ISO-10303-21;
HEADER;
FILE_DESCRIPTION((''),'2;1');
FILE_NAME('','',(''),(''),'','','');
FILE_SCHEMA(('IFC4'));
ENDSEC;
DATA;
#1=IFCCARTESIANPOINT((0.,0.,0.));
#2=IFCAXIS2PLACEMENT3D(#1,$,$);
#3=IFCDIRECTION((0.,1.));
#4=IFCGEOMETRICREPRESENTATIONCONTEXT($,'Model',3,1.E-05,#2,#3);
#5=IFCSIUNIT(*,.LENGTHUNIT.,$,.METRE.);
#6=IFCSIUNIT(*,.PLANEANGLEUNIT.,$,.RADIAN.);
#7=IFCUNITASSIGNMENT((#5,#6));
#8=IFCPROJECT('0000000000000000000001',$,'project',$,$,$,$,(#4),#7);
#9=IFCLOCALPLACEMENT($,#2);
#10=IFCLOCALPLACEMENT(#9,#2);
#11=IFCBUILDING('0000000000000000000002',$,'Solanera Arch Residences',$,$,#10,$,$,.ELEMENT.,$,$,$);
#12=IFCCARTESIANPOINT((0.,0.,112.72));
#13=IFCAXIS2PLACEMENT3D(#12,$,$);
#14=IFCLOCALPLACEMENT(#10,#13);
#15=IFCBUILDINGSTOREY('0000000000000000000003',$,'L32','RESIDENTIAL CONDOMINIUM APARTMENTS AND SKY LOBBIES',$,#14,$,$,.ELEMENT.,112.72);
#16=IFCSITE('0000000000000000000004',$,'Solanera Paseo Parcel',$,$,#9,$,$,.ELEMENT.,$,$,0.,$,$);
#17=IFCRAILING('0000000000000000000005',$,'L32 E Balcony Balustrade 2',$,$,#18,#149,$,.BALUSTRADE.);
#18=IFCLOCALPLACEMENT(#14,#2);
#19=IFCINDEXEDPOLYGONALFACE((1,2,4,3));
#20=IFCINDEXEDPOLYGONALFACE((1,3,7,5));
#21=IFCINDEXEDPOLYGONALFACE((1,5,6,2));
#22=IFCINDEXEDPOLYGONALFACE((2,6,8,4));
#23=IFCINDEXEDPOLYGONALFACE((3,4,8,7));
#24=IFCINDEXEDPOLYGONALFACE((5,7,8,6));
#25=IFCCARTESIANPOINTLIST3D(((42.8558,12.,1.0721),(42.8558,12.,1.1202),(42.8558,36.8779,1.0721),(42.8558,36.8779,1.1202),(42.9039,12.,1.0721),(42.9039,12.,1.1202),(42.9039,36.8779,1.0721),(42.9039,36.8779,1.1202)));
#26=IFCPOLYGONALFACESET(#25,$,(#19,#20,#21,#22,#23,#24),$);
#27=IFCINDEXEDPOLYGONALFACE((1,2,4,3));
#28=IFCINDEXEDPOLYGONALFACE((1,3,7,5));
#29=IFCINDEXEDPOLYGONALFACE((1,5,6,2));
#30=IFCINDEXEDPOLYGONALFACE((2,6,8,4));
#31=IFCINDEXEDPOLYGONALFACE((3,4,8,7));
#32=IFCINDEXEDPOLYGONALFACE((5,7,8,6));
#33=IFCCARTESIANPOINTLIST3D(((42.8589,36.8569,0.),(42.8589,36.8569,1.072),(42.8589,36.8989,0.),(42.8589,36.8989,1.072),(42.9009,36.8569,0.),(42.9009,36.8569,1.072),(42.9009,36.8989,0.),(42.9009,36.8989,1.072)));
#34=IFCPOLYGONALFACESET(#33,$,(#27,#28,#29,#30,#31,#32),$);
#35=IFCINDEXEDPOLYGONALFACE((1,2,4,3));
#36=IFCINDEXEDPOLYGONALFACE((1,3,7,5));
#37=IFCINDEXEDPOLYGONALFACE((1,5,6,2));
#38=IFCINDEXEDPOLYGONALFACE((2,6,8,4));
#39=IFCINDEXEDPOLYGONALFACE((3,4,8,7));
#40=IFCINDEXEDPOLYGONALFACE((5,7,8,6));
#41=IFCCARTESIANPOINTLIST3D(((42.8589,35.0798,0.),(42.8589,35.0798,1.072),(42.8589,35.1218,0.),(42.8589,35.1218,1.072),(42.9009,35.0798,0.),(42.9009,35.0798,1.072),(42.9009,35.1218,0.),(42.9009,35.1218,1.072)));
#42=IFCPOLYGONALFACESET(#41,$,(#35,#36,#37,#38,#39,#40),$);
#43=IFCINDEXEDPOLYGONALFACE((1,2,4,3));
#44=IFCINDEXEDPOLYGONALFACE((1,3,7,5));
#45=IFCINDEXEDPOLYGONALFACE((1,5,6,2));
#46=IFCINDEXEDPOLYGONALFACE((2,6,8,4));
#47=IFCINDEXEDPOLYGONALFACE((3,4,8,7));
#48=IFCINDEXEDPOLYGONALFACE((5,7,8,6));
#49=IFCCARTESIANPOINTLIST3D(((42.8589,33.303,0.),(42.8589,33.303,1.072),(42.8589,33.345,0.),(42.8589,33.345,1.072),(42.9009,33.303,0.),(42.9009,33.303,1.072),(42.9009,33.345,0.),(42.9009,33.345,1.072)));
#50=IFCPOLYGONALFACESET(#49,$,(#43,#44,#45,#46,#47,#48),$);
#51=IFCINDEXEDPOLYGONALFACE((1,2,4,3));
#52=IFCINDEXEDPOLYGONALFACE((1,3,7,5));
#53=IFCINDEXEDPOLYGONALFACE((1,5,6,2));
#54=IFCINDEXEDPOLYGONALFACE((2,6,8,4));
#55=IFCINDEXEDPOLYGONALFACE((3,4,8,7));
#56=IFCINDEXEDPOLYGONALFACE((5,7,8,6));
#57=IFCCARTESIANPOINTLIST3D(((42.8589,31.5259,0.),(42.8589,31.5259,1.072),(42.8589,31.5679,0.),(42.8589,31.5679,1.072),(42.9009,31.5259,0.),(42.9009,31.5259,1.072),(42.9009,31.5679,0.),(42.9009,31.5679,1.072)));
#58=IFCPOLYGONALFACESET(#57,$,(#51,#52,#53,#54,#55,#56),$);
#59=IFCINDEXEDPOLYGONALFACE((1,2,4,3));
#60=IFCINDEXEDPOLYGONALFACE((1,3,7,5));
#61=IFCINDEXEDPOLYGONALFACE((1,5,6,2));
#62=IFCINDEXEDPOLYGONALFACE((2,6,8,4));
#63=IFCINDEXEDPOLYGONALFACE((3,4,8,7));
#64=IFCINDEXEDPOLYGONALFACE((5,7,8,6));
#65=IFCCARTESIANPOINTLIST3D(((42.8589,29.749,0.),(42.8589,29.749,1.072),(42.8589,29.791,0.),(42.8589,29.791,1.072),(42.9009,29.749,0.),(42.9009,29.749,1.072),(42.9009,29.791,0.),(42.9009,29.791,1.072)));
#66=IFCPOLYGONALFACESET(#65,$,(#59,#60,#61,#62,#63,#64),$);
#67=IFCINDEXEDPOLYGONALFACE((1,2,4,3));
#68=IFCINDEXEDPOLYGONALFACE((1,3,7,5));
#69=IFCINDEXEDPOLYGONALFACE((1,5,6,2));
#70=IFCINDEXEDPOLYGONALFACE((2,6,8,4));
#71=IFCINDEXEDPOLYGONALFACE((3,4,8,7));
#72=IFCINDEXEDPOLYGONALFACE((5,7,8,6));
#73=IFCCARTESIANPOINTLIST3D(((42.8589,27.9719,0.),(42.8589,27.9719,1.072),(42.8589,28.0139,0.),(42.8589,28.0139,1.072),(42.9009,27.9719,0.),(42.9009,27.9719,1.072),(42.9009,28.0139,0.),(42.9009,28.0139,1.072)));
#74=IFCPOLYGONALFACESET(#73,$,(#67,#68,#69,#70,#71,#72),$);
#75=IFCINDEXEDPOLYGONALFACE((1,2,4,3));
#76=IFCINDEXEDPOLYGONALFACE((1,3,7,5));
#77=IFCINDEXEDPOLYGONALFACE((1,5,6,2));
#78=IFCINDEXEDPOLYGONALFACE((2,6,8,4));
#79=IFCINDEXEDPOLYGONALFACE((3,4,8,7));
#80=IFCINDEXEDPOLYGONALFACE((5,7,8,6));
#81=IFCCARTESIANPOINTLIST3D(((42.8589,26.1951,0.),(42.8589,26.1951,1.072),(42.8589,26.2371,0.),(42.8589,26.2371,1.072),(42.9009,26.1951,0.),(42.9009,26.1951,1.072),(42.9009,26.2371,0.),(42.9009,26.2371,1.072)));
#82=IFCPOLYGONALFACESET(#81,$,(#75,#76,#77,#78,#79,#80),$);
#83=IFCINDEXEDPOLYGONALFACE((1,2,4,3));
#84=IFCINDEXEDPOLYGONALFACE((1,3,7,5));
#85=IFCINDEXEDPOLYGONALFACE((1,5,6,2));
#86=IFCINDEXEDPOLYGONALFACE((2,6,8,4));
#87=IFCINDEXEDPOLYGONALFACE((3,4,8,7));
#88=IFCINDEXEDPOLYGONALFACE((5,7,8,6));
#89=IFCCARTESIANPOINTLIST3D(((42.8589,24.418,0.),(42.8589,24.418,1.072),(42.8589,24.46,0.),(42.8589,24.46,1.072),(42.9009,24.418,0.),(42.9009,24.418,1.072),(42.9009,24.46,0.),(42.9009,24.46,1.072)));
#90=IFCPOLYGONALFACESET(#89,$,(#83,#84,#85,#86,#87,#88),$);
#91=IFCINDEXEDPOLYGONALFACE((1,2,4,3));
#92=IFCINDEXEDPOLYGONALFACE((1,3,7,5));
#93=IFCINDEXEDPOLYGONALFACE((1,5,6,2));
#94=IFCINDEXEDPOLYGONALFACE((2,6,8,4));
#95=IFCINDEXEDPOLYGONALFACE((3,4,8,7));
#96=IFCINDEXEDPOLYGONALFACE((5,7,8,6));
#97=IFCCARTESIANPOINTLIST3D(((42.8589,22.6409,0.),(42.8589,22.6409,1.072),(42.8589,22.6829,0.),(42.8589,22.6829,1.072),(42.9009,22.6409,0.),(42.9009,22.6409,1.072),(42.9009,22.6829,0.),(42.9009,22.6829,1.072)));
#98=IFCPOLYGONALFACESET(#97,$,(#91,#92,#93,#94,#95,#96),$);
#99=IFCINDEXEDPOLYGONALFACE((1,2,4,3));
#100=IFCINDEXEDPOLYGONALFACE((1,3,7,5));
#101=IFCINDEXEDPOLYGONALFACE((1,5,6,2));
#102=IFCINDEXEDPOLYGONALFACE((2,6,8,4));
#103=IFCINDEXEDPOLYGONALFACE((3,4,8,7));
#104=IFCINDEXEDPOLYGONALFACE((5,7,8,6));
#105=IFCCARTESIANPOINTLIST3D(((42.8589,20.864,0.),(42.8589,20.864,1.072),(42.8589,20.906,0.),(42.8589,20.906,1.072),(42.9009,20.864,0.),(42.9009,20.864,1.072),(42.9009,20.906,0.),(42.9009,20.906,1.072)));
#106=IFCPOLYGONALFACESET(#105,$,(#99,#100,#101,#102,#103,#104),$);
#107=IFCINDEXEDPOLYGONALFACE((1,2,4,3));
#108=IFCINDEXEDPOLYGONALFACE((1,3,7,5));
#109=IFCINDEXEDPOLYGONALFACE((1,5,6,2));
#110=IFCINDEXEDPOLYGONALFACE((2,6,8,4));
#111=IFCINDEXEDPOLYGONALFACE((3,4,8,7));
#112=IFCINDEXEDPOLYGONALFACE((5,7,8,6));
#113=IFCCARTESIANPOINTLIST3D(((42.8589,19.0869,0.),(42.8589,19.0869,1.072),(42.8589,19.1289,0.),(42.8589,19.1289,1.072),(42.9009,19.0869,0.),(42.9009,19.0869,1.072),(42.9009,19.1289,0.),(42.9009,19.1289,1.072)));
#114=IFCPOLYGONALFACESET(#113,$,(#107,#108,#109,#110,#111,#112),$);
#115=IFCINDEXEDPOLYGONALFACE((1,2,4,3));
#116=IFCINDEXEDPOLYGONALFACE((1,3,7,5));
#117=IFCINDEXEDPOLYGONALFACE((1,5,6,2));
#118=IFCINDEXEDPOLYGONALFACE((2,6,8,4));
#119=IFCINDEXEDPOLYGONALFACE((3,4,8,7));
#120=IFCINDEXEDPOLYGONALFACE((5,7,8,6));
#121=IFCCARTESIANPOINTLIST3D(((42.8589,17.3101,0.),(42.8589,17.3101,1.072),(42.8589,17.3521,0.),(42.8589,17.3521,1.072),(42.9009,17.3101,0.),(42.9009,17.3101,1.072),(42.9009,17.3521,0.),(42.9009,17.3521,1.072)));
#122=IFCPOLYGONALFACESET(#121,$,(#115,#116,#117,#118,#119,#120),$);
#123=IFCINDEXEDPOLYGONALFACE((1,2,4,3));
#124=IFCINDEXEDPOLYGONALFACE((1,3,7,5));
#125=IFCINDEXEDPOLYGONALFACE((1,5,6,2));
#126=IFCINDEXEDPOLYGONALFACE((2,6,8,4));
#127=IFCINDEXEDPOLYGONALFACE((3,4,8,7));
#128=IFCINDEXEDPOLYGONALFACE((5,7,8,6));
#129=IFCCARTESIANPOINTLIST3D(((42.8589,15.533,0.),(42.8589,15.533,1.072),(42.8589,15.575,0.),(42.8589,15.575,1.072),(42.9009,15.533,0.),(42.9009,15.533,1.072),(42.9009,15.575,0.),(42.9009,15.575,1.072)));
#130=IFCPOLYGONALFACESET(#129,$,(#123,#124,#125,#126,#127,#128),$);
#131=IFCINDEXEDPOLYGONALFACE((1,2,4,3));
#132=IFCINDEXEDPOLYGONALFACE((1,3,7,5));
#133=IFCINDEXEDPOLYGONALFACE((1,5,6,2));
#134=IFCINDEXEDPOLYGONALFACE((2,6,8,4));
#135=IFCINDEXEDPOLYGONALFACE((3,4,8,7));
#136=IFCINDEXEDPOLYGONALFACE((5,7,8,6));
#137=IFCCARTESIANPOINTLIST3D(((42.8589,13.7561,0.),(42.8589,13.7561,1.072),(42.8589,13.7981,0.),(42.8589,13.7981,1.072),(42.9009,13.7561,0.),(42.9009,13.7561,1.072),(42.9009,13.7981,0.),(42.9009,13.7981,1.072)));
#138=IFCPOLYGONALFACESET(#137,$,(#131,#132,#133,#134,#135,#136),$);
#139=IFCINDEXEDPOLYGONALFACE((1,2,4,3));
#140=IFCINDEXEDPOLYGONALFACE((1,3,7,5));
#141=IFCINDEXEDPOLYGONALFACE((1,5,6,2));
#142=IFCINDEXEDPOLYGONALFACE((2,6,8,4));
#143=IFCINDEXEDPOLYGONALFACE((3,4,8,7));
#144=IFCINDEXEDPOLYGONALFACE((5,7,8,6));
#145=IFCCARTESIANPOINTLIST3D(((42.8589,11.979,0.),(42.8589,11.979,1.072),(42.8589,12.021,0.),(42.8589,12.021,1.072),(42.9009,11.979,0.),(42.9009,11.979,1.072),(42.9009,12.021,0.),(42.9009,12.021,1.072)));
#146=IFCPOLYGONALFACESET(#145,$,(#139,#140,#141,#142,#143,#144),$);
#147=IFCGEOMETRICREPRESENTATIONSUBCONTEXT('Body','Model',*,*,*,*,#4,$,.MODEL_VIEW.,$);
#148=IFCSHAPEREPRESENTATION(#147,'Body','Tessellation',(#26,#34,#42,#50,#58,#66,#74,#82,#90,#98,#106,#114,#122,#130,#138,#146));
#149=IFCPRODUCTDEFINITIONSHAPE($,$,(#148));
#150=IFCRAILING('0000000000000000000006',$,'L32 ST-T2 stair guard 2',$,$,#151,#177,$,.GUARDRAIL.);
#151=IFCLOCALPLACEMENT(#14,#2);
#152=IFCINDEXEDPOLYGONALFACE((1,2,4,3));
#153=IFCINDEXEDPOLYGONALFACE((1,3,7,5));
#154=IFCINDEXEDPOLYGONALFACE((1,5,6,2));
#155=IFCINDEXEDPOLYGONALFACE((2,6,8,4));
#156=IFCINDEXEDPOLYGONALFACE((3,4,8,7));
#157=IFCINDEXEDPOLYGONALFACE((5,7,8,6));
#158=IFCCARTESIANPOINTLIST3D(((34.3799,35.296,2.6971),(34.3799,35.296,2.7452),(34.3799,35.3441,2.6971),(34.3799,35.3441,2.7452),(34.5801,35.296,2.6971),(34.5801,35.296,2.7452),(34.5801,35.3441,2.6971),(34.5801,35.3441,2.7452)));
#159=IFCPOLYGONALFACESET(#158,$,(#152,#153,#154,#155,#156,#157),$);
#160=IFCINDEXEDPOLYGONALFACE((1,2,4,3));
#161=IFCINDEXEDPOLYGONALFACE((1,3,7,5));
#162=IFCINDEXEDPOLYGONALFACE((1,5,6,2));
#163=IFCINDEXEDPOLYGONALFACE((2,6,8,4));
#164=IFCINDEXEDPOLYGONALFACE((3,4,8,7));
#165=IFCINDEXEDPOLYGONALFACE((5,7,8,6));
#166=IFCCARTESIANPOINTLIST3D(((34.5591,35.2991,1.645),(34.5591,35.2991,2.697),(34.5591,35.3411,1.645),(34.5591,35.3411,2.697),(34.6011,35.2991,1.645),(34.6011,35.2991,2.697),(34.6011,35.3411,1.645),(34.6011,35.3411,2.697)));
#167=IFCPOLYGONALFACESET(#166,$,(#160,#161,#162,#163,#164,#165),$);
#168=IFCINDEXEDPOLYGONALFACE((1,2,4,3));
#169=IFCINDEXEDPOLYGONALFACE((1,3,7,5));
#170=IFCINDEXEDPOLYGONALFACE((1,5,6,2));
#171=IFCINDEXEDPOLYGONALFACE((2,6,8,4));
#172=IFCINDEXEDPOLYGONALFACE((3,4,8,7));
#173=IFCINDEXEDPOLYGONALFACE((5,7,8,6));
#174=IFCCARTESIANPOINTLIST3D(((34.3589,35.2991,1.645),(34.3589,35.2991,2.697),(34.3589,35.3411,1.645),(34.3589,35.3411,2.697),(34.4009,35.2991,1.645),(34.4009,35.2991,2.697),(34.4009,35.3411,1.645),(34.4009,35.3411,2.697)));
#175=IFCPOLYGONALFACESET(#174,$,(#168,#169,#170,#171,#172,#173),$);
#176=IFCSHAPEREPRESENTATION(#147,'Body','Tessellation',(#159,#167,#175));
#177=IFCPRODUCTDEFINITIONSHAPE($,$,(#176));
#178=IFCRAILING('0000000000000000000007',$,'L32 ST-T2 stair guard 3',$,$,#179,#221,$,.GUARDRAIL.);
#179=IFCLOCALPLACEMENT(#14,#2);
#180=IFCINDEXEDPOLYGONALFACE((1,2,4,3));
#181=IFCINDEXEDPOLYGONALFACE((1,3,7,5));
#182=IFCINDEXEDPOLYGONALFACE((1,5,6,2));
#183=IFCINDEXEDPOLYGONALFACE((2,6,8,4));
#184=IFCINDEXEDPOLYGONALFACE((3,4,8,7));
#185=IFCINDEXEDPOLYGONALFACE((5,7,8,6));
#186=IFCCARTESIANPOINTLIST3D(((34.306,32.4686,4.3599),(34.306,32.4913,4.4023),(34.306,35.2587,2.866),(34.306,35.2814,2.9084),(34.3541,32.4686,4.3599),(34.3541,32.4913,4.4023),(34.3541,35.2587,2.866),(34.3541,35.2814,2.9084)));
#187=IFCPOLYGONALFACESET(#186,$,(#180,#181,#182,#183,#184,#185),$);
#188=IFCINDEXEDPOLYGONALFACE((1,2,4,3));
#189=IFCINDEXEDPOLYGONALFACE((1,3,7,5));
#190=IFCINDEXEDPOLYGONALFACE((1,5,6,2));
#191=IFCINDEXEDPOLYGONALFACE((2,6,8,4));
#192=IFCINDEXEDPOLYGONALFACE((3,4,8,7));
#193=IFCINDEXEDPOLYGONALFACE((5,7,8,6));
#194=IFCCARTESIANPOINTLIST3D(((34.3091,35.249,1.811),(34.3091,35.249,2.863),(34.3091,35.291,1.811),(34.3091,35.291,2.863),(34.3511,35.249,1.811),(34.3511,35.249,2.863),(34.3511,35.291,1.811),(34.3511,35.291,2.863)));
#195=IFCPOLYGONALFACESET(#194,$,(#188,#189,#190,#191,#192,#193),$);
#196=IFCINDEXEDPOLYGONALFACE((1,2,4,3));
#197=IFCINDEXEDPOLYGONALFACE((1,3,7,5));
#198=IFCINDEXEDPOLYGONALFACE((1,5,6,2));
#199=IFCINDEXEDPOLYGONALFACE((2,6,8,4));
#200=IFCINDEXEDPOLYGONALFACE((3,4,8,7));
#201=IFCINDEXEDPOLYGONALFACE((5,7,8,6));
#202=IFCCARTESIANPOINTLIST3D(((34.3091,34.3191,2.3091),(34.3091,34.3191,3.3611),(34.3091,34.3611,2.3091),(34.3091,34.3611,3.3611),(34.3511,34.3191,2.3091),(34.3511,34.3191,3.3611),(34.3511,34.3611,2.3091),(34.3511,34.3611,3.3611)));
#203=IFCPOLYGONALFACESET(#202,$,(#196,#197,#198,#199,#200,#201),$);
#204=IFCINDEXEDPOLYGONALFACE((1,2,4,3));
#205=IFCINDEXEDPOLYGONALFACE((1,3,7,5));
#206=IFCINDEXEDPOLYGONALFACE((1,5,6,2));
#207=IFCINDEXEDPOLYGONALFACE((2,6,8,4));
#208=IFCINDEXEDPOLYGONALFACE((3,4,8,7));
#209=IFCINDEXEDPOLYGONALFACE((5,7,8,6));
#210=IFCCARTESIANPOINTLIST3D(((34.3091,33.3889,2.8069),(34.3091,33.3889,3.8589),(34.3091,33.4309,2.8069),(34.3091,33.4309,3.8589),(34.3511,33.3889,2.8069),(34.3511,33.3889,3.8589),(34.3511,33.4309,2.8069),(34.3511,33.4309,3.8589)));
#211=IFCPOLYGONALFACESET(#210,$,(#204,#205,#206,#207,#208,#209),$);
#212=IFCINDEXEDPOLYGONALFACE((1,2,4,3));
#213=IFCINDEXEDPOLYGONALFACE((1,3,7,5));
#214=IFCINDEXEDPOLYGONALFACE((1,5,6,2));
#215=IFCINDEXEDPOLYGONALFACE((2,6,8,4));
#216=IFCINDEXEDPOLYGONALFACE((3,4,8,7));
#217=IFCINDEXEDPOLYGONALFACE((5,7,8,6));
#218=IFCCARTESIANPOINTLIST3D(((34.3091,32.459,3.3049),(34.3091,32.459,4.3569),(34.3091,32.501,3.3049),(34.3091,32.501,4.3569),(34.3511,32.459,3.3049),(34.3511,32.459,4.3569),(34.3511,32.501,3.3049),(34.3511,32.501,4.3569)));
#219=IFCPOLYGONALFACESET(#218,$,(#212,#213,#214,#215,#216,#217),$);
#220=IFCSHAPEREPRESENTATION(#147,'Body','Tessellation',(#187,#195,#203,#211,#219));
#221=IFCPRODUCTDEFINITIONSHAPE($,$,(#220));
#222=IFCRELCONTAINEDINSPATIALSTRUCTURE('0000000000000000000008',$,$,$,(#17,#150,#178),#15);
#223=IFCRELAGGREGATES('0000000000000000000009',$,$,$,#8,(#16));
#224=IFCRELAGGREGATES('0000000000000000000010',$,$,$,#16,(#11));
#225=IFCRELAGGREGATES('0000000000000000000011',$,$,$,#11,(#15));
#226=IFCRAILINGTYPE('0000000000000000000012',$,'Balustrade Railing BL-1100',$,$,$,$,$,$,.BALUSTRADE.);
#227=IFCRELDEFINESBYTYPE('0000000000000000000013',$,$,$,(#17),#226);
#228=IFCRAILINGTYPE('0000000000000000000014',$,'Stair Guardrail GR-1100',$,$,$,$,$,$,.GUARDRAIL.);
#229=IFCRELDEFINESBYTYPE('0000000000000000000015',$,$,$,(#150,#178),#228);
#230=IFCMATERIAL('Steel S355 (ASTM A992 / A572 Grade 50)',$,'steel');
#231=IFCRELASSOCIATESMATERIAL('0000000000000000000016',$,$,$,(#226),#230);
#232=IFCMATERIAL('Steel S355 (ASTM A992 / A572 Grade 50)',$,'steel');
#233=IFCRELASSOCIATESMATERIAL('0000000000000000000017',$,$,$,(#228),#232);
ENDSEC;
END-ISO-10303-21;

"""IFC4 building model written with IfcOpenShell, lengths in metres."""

from ifc_helpers import new_model, si_unit, direction, frame, origin, origin_2d, place, context, subcontext, project, spatial, rectangle, extrude, material, type_object, element, save


model = new_model("IFC4")

# Units and contexts
model_context = context("Model", 3, precision=1e-05, world=origin(), true_north=direction((0.0, 1.0)))
body_context = subcontext(model_context, "Body", "Model", "MODEL_VIEW")
ifc_project = project(units=[si_unit("LENGTHUNIT", "METRE"), si_unit("PLANEANGLEUNIT", "RADIAN")], contexts=[model_context])

# Site, building, storey
site_placement = place(None, origin())
site = spatial("IfcSite", under=ifc_project, at=site_placement, Name="Solanera Paseo Parcel", CompositionType="ELEMENT", RefElevation=0.0)
building_placement = place(site_placement, origin())
building = spatial("IfcBuilding", under=site, at=building_placement, Name="Solanera Arch Residences", CompositionType="ELEMENT")
storey_placement = place(building_placement, frame((0.0, 0.0, 112.72)))
storey = spatial("IfcBuildingStorey", under=building, at=storey_placement, Name="L32", Description="RESIDENTIAL CONDOMINIUM APARTMENTS AND SKY LOBBIES", CompositionType="ELEMENT", Elevation=112.72)

# Railings
ifc_material_1 = material(Name="Steel S355 (ASTM A992 / A572 Grade 50)", Category="steel")
railing_type_1 = type_object("IfcRailingType", Name="Balustrade Railing BL-1100", PredefinedType="BALUSTRADE", material=ifc_material_1)
railing_1_placement = place(storey_placement, frame((42.8799, 36.8779, 0.0)))
element("IfcRailing", 1, at=railing_1_placement, inside=storey, type_object=railing_type_1, Name="L32 E Balcony Balustrade 2", PredefinedType="BALUSTRADE", context=body_context, shape_type="SweptSolid", body=[
    extrude(rectangle(XDim=0.0481, YDim=0.0481, at=origin_2d()), frame((0.0, 0.0, 1.0962), z_axis=(0.0, -1.0, 0.0), x_axis=(1.0, 0.0, 0.0)), (0.0, 0.0, 1.0), 24.8779),
    extrude(rectangle(XDim=0.042, YDim=0.042, at=origin_2d()), origin(), (0.0, 0.0, 1.0), 1.072),
    extrude(rectangle(XDim=0.042, YDim=0.042, at=origin_2d()), frame((0.0, -1.7771, 0.0)), (0.0, 0.0, 1.0), 1.072),
    extrude(rectangle(XDim=0.042, YDim=0.042, at=origin_2d()), frame((0.0, -3.554, 0.0)), (0.0, 0.0, 1.0), 1.072),
    extrude(rectangle(XDim=0.042, YDim=0.042, at=origin_2d()), frame((0.0, -5.3311, 0.0)), (0.0, 0.0, 1.0), 1.072),
    extrude(rectangle(XDim=0.042, YDim=0.042, at=origin_2d()), frame((0.0, -7.1079, 0.0)), (0.0, 0.0, 1.0), 1.072),
    extrude(rectangle(XDim=0.042, YDim=0.042, at=origin_2d()), frame((0.0, -8.885, 0.0)), (0.0, 0.0, 1.0), 1.072),
    extrude(rectangle(XDim=0.042, YDim=0.042, at=origin_2d()), frame((0.0, -10.6619, 0.0)), (0.0, 0.0, 1.0), 1.072),
    extrude(rectangle(XDim=0.042, YDim=0.042, at=origin_2d()), frame((0.0, -12.439, 0.0)), (0.0, 0.0, 1.0), 1.072),
    extrude(rectangle(XDim=0.042, YDim=0.042, at=origin_2d()), frame((0.0, -14.2161, 0.0)), (0.0, 0.0, 1.0), 1.072),
    extrude(rectangle(XDim=0.042, YDim=0.042, at=origin_2d()), frame((0.0, -15.9929, 0.0)), (0.0, 0.0, 1.0), 1.072),
    extrude(rectangle(XDim=0.042, YDim=0.042, at=origin_2d()), frame((0.0, -17.77, 0.0)), (0.0, 0.0, 1.0), 1.072),
    extrude(rectangle(XDim=0.042, YDim=0.042, at=origin_2d()), frame((0.0, -19.5469, 0.0)), (0.0, 0.0, 1.0), 1.072),
    extrude(rectangle(XDim=0.042, YDim=0.042, at=origin_2d()), frame((0.0, -21.324, 0.0)), (0.0, 0.0, 1.0), 1.072),
    extrude(rectangle(XDim=0.042, YDim=0.042, at=origin_2d()), frame((0.0, -23.1008, 0.0)), (0.0, 0.0, 1.0), 1.072),
    extrude(rectangle(XDim=0.042, YDim=0.042, at=origin_2d()), frame((0.0, -24.8779, 0.0)), (0.0, 0.0, 1.0), 1.072),
])
ifc_material_2 = material(Name="Steel S355 (ASTM A992 / A572 Grade 50)", Category="steel")
railing_type_2 = type_object("IfcRailingType", Name="Stair Guardrail GR-1100", PredefinedType="GUARDRAIL", material=ifc_material_2)
railing_2_placement = place(storey_placement, frame((34.5801, 35.3201, 1.645)))
element("IfcRailing", 2, at=railing_2_placement, inside=storey, type_object=railing_type_2, Name="L32 ST-T2 stair guard 2", PredefinedType="GUARDRAIL", context=body_context, shape_type="SweptSolid", body=[
    extrude(rectangle(XDim=0.0481, YDim=0.0481, at=origin_2d()), frame((0.0, 0.0, 1.0762), z_axis=(-1.0, 0.0, 0.0), x_axis=(0.0, -1.0, 0.0)), (0.0, 0.0, 1.0), 0.2002),
    extrude(rectangle(XDim=0.042, YDim=0.042, at=origin_2d()), origin(), (0.0, 0.0, 1.0), 1.052),
    extrude(rectangle(XDim=0.042, YDim=0.042, at=origin_2d()), frame((-0.2002, 0.0, 0.0)), (0.0, 0.0, 1.0), 1.052),
])
railing_3_placement = place(storey_placement, frame((34.3301, 35.27, 1.811)))
element("IfcRailing", 3, at=railing_3_placement, inside=storey, type_object=railing_type_2, Name="L32 ST-T2 stair guard 3", PredefinedType="GUARDRAIL", context=body_context, shape_type="SweptSolid", body=[
    extrude(rectangle(XDim=0.0481, YDim=0.0481, at=origin_2d()), frame((0.0, 0.0, 1.0762), z_axis=(0.0, -0.881581, 0.472033), x_axis=(1.0, 0.0, 0.0)), (0.0, 0.0, 1.0), 3.1648),
    extrude(rectangle(XDim=0.042, YDim=0.042, at=origin_2d()), origin(), (0.0, 0.0, 1.0), 1.052),
    extrude(rectangle(XDim=0.042, YDim=0.042, at=origin_2d()), frame((0.0, -0.9299, 0.498)), (0.0, 0.0, 1.0), 1.052),
    extrude(rectangle(XDim=0.042, YDim=0.042, at=origin_2d()), frame((0.0, -1.8601, 0.9958)), (0.0, 0.0, 1.0), 1.052),
    extrude(rectangle(XDim=0.042, YDim=0.042, at=origin_2d()), frame((0.0, -2.79, 1.4939)), (0.0, 0.0, 1.0), 1.052),
])

save(model, "model.ifc")
